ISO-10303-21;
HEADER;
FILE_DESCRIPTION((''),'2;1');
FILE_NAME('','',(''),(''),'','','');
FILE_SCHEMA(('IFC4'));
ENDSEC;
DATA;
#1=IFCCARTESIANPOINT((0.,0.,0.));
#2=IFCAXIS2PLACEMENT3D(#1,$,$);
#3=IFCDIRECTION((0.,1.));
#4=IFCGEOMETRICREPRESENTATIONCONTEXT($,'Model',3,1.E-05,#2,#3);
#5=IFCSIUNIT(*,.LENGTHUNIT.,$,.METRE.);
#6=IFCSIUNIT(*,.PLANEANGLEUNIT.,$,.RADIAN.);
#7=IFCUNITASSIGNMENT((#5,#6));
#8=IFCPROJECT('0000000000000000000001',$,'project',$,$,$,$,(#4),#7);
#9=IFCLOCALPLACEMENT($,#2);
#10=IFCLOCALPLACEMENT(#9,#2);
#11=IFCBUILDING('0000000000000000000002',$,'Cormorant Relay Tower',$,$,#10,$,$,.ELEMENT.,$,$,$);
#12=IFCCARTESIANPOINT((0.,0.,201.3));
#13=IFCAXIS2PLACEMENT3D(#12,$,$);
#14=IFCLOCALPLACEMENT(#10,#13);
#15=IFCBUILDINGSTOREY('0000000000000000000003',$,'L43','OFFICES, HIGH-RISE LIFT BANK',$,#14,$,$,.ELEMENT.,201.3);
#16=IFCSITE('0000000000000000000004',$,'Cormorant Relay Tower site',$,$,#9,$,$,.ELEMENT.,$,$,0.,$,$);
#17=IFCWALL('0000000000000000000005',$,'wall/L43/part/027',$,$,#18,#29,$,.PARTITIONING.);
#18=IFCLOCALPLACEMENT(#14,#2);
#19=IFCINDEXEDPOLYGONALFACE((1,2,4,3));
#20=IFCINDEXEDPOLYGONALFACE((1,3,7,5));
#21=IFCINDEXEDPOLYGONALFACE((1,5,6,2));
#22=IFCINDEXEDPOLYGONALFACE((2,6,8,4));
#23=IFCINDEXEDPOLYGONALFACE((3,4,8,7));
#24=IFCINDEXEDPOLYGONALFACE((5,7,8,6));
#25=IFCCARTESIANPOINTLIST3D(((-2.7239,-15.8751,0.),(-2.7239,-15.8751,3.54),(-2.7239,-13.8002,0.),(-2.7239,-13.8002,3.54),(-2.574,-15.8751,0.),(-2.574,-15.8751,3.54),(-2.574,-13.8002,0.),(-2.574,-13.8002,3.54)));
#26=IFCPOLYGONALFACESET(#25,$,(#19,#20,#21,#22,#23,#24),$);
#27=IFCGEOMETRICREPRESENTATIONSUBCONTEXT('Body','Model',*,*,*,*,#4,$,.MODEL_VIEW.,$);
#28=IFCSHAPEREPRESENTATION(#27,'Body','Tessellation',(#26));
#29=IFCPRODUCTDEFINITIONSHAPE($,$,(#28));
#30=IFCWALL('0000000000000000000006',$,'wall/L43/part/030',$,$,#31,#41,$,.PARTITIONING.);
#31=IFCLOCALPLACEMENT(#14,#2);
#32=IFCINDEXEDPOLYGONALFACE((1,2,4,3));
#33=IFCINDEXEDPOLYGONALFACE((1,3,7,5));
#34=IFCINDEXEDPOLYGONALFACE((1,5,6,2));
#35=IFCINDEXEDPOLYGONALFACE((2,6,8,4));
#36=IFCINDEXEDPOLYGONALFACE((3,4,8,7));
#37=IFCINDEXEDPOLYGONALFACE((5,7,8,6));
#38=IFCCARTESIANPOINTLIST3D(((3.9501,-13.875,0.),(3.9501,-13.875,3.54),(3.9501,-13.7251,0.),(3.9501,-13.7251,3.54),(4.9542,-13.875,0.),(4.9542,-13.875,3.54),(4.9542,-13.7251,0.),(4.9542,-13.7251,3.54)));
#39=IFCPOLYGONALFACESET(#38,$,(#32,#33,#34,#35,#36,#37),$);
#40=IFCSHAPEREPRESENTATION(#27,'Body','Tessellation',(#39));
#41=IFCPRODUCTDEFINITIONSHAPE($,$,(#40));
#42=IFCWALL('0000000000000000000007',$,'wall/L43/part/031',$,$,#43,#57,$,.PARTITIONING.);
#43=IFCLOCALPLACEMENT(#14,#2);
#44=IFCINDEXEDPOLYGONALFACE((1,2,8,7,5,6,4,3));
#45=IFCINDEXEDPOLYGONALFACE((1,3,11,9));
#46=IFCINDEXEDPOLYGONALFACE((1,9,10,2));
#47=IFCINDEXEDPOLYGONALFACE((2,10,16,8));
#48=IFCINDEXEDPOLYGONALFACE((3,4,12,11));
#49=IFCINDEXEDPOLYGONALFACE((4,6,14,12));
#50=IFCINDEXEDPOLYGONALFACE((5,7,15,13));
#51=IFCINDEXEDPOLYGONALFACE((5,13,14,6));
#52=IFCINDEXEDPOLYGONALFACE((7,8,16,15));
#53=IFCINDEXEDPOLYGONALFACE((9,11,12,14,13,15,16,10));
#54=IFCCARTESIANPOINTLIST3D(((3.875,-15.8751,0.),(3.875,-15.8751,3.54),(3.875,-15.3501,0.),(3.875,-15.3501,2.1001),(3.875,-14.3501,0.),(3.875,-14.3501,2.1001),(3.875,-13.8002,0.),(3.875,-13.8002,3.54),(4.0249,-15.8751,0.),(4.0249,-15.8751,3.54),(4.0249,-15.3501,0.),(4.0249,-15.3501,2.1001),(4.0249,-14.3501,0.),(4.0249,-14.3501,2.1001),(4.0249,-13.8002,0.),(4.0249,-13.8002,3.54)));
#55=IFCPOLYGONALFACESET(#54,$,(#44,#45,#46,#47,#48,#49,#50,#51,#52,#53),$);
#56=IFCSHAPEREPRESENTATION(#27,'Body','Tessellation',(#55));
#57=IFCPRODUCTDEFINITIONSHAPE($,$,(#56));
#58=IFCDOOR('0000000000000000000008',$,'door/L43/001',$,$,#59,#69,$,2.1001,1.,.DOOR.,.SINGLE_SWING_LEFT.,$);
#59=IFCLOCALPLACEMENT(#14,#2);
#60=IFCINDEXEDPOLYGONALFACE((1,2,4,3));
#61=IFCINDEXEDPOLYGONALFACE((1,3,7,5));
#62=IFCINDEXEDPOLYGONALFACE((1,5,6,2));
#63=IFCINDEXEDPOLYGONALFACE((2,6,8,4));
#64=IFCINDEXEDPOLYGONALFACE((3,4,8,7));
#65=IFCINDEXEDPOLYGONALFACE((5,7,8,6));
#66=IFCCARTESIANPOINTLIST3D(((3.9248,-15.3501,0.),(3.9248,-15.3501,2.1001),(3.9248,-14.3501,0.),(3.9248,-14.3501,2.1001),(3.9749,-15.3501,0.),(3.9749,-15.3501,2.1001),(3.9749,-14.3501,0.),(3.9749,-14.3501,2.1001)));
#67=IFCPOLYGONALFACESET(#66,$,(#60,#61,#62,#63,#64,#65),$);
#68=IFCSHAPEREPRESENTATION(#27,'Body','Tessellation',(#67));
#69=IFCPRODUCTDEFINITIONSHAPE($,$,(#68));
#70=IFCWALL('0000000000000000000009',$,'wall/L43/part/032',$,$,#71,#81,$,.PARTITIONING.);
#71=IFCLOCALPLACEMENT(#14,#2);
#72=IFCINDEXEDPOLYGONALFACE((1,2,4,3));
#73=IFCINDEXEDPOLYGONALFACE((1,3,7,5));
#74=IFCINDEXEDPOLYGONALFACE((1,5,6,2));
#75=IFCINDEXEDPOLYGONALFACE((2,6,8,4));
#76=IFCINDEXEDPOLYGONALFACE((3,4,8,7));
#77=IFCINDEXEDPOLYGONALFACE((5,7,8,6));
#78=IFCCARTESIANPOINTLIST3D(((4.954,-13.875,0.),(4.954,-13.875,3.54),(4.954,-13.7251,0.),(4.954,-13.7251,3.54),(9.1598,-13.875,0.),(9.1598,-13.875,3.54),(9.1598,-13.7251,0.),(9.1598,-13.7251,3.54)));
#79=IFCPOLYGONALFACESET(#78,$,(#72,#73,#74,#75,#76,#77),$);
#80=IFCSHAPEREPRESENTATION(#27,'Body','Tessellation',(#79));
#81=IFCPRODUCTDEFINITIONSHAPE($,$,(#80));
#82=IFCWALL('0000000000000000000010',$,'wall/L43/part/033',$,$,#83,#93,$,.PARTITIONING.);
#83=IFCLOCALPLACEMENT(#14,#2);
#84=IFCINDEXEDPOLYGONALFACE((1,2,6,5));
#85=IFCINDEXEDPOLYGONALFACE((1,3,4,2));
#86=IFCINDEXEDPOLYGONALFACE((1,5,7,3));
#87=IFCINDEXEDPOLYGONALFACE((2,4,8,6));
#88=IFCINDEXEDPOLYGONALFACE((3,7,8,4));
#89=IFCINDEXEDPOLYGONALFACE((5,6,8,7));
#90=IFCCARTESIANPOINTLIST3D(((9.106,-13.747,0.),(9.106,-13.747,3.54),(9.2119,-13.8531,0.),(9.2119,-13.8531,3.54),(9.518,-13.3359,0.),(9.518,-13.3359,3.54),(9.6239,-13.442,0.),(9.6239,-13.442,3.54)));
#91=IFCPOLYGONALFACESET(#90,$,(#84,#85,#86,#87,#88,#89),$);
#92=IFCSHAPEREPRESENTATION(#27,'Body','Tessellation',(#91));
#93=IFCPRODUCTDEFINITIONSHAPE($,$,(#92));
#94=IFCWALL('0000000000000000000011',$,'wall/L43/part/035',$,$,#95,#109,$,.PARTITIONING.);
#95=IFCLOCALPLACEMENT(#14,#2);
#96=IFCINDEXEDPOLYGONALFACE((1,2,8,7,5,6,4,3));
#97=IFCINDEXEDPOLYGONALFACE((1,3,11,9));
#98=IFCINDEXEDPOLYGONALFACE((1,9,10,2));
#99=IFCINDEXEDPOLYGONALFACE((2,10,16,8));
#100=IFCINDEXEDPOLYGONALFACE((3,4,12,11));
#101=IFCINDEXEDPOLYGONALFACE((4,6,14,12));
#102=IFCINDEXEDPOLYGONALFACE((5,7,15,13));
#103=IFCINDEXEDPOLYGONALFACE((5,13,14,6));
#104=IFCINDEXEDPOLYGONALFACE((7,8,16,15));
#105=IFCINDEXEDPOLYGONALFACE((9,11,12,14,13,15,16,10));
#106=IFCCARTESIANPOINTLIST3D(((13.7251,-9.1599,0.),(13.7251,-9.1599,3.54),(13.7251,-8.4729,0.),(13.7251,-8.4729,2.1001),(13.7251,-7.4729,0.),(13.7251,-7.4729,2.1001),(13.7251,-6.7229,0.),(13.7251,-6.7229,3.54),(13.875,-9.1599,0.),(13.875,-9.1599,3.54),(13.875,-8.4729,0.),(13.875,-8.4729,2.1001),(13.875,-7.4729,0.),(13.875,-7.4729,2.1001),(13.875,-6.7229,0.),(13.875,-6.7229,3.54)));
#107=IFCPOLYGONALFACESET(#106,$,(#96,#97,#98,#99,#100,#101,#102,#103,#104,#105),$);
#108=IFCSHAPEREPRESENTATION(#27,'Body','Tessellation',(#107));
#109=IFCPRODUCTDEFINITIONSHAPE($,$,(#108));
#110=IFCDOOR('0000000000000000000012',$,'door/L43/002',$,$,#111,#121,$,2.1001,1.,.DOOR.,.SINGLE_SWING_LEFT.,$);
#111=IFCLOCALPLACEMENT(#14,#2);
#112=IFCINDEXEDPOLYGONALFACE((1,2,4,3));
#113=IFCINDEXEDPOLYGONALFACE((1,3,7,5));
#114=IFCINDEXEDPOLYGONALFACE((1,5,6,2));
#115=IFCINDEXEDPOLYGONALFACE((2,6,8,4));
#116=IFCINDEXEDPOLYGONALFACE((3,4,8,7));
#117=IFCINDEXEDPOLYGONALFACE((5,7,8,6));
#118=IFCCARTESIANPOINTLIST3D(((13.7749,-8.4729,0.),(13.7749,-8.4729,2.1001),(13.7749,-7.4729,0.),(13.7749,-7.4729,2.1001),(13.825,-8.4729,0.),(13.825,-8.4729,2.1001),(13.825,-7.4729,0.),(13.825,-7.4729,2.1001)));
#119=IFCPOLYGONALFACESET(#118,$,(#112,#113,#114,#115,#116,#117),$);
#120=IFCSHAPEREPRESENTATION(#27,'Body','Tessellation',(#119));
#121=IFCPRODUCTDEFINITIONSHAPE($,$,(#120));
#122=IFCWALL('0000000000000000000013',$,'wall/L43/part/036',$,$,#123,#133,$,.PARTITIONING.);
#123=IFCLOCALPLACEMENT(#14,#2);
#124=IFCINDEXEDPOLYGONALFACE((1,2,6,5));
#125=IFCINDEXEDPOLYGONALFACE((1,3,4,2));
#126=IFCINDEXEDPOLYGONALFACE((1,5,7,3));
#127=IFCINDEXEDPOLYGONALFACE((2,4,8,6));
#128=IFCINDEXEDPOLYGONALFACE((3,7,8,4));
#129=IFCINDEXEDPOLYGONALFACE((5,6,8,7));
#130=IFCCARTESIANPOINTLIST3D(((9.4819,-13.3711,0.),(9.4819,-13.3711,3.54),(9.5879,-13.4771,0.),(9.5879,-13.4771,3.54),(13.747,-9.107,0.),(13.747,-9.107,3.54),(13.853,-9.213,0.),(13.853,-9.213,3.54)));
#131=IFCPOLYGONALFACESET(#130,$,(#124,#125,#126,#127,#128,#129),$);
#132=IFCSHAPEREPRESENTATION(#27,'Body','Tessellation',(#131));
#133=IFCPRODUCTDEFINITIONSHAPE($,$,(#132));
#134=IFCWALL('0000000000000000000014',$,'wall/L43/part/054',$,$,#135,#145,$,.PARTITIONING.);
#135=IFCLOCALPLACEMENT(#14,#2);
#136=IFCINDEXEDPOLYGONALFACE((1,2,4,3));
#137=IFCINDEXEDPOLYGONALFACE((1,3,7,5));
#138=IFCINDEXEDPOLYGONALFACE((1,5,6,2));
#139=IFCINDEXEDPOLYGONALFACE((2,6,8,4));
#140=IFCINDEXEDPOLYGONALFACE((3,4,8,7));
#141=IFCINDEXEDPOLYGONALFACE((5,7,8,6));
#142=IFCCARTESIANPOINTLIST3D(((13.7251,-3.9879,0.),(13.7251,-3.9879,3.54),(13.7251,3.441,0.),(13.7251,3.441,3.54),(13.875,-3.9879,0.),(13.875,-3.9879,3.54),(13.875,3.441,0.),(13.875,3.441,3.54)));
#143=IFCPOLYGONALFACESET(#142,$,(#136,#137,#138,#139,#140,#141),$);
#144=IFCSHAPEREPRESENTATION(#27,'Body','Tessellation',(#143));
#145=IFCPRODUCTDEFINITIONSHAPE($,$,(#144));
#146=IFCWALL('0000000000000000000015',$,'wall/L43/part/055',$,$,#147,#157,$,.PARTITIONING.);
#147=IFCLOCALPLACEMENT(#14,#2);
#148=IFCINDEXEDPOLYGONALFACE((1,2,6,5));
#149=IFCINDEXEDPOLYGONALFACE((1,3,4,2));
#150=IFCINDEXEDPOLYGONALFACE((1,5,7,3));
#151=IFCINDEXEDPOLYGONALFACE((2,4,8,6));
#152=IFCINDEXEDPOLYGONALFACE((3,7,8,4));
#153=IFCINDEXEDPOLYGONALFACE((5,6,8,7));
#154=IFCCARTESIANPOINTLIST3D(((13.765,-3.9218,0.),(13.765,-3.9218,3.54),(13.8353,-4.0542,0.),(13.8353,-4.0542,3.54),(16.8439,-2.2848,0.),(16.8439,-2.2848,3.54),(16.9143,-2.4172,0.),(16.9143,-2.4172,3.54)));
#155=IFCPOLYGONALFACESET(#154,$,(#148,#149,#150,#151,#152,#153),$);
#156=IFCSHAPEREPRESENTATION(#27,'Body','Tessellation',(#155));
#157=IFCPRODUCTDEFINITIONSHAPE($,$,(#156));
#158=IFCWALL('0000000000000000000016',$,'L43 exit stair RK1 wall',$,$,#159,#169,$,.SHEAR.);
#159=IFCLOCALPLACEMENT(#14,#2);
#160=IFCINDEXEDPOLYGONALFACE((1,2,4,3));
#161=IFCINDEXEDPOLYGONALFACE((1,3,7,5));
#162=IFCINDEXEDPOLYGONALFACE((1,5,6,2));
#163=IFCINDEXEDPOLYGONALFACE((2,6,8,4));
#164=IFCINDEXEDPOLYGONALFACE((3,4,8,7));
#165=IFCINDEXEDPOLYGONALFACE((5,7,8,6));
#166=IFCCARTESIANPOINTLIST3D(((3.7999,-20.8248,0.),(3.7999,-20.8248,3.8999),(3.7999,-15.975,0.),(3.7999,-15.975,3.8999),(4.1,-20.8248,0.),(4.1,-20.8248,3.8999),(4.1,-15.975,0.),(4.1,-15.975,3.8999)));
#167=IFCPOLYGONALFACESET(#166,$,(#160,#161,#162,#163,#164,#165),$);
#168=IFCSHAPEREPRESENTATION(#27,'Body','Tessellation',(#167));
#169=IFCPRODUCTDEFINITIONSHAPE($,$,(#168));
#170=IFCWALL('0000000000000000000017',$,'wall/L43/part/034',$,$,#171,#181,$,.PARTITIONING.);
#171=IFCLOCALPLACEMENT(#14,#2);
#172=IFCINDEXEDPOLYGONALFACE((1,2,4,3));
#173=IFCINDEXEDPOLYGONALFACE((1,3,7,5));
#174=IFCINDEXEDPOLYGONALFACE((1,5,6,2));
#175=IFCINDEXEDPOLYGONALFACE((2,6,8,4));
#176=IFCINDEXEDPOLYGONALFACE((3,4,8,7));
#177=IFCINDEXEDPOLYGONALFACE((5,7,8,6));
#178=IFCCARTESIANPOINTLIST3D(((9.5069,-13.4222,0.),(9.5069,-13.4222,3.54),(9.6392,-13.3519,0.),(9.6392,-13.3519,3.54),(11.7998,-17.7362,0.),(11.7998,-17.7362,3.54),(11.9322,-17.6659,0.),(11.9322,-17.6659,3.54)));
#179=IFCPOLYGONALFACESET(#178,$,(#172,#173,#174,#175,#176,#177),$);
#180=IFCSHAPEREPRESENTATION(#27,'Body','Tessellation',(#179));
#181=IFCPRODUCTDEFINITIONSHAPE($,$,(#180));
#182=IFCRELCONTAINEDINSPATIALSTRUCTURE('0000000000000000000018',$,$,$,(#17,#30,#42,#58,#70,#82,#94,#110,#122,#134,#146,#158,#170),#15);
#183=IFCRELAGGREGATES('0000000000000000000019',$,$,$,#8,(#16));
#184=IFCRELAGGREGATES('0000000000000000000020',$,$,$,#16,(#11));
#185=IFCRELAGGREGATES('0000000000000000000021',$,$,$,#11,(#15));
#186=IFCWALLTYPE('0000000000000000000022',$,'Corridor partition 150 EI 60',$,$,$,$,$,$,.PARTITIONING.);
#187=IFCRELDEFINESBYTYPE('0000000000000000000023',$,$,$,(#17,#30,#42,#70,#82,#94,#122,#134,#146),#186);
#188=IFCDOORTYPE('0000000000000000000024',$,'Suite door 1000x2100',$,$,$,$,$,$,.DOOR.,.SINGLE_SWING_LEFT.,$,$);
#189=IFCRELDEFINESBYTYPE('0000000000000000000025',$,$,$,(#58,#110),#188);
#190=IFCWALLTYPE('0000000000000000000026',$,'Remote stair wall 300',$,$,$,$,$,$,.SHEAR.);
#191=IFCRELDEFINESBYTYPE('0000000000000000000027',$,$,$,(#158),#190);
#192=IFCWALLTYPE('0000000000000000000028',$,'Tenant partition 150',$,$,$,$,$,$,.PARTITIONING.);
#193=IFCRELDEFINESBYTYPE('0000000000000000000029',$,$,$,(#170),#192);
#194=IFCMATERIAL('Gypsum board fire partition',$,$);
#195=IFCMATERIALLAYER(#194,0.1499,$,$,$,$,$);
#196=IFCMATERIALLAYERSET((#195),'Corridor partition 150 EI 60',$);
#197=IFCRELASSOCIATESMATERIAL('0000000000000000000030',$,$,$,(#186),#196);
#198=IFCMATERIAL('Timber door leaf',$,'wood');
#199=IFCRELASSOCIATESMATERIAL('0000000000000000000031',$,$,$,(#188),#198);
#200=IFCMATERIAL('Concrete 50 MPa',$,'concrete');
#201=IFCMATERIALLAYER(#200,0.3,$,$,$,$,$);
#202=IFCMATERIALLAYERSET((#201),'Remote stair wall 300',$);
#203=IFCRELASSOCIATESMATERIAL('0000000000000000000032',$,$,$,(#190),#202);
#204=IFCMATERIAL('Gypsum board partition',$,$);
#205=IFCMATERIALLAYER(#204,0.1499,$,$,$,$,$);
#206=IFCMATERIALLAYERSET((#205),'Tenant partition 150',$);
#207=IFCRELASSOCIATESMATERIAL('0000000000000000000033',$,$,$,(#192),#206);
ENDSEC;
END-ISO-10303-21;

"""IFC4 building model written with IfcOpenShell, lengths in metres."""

from ifc_helpers import new_model, si_unit, direction, frame, frame_2d, origin, place, context, subcontext, project, spatial, rectangle, extrude, material, layer, layer_set, type_object, element, fill, save


model = new_model("IFC4")

# Units and contexts
model_context = context("Model", 3, precision=1e-05, world=origin(), true_north=direction((0.0, 1.0)))
body_context = subcontext(model_context, "Body", "Model", "MODEL_VIEW")
ifc_project = project(units=[si_unit("LENGTHUNIT", "METRE"), si_unit("PLANEANGLEUNIT", "RADIAN")], contexts=[model_context])

# Site, building, storey
site_placement = place(None, origin())
site = spatial("IfcSite", under=ifc_project, at=site_placement, Name="Cormorant Relay Tower site", CompositionType="ELEMENT", RefElevation=0.0)
building_placement = place(site_placement, origin())
building = spatial("IfcBuilding", under=site, at=building_placement, Name="Cormorant Relay Tower", CompositionType="ELEMENT")
storey_placement = place(building_placement, frame((0.0, 0.0, 201.3)))
storey = spatial("IfcBuildingStorey", under=building, at=storey_placement, Name="L43", Description="OFFICES, HIGH-RISE LIFT BANK", CompositionType="ELEMENT", Elevation=201.3)

# Shared definitions
ifc_material_1 = material(Name="Gypsum board fire partition")
ifc_layer_1 = layer(ifc_material_1, 0.1499)
ifc_layer_set_1 = layer_set([ifc_layer_1], Name="Corridor partition 150 EI 60")
wall_type_1 = type_object("IfcWallType", Name="Corridor partition 150 EI 60", PredefinedType="PARTITIONING", material=ifc_layer_set_1)
ifc_material_2 = material(Name="Timber door leaf", Category="wood")
door_type = type_object("IfcDoorType", Name="Suite door 1000x2100", OperationType="SINGLE_SWING_LEFT", PredefinedType="DOOR", material=ifc_material_2)

# Walls
wall_1_placement = place(storey_placement, frame((-2.6489, -13.8, 0.0), z_axis=(0.0, 0.0, 1.0), x_axis=(0.0, -1.0, 0.0)))
element("IfcWall", 1, at=wall_1_placement, inside=storey, type_object=wall_type_1, Name="wall/L43/part/027", PredefinedType="PARTITIONING", context=body_context, shape_type="SweptSolid", body=[
    extrude(rectangle(XDim=2.075, YDim=0.1499, at=frame_2d((1.0376, 0.0))), origin(), (0.0, 0.0, 1.0), 3.54),
])
wall_2_placement = place(storey_placement, frame((4.9541, -13.8, 0.0), z_axis=(0.0, 0.0, 1.0), x_axis=(-1.0, 0.0, 0.0)))
element("IfcWall", 2, at=wall_2_placement, inside=storey, type_object=wall_type_1, Name="wall/L43/part/030", PredefinedType="PARTITIONING", context=body_context, shape_type="SweptSolid", body=[
    extrude(rectangle(XDim=1.0042, YDim=0.1499, at=frame_2d((0.502, 0.0))), origin(), (0.0, 0.0, 1.0), 3.54),
])

# Wall, opening, door
wall_3_placement = place(storey_placement, frame((3.95, -13.8, 0.0), z_axis=(0.0, 0.0, 1.0), x_axis=(0.0, -1.0, 0.0)))
wall_3 = element("IfcWall", 3, at=wall_3_placement, inside=storey, type_object=wall_type_1, Name="wall/L43/part/031", PredefinedType="PARTITIONING", context=body_context, shape_type="SweptSolid", body=[
    extrude(rectangle(XDim=2.075, YDim=0.1499, at=frame_2d((1.0376, 0.0))), origin(), (0.0, 0.0, 1.0), 3.54),
])
opening_1_placement = place(wall_3_placement, frame((0.55, 0.0, 0.0)))
opening_1 = element("IfcOpeningElement", 4, at=opening_1_placement, cuts=wall_3, PredefinedType="OPENING", context=body_context, shape_type="SweptSolid", body=[
    extrude(rectangle(XDim=1.0, YDim=2.1001, at=frame_2d((0.5, 1.05))), frame((0.0, 0.085, 0.0), z_axis=(0.0, -1.0, 0.0), x_axis=(1.0, 0.0, 0.0)), (0.0, 0.0, 1.0), 0.1699),
])
door_1_placement = place(opening_1_placement, origin())
door_1 = element("IfcDoor", 5, at=door_1_placement, inside=storey, type_object=door_type, Name="door/L43/001", OperationType="SINGLE_SWING_LEFT", OverallHeight=2.1001, OverallWidth=1.0, PredefinedType="DOOR", context=body_context, shape_type="SweptSolid", body=[
    extrude(rectangle(XDim=1.0, YDim=2.1001, at=frame_2d((0.5, 1.05))), frame((0.0, 0.0249, 0.0), z_axis=(0.0, -1.0, 0.0), x_axis=(1.0, 0.0, 0.0)), (0.0, 0.0, 1.0), 0.05),
])
fill(opening_1, door_1)

# Walls
wall_4_placement = place(storey_placement, frame((9.1599, -13.8, 0.0), z_axis=(0.0, 0.0, 1.0), x_axis=(-1.0, 0.0, 0.0)))
element("IfcWall", 6, at=wall_4_placement, inside=storey, type_object=wall_type_1, Name="wall/L43/part/032", PredefinedType="PARTITIONING", context=body_context, shape_type="SweptSolid", body=[
    extrude(rectangle(XDim=4.2058, YDim=0.1499, at=frame_2d((2.103, 0.0))), origin(), (0.0, 0.0, 1.0), 3.54),
])
wall_5_placement = place(storey_placement, frame((9.1589, -13.8, 0.0), z_axis=(0.0, 0.0, 1.0), x_axis=(0.707945, 0.706267, 0.0)))
element("IfcWall", 7, at=wall_5_placement, inside=storey, type_object=wall_type_1, Name="wall/L43/part/033", PredefinedType="PARTITIONING", context=body_context, shape_type="SweptSolid", body=[
    extrude(rectangle(XDim=0.582, YDim=0.1499, at=frame_2d((0.291, 0.0))), origin(), (0.0, 0.0, 1.0), 3.54),
])

# Wall, opening, door
wall_6_placement = place(storey_placement, frame((13.8, -6.7229, 0.0), z_axis=(0.0, 0.0, 1.0), x_axis=(0.0, -1.0, 0.0)))
wall_6 = element("IfcWall", 8, at=wall_6_placement, inside=storey, type_object=wall_type_1, Name="wall/L43/part/035", PredefinedType="PARTITIONING", context=body_context, shape_type="SweptSolid", body=[
    extrude(rectangle(XDim=2.437, YDim=0.1499, at=frame_2d((1.2185, 0.0))), origin(), (0.0, 0.0, 1.0), 3.54),
])
opening_2_placement = place(wall_6_placement, frame((0.75, 0.0, 0.0)))
opening_2 = element("IfcOpeningElement", 9, at=opening_2_placement, cuts=wall_6, PredefinedType="OPENING", context=body_context, shape_type="SweptSolid", body=[
    extrude(rectangle(XDim=1.0, YDim=2.1001, at=frame_2d((0.5, 1.05))), frame((0.0, 0.085, 0.0), z_axis=(0.0, -1.0, 0.0), x_axis=(1.0, 0.0, 0.0)), (0.0, 0.0, 1.0), 0.1699),
])
door_2_placement = place(opening_2_placement, origin())
door_2 = element("IfcDoor", 10, at=door_2_placement, inside=storey, type_object=door_type, Name="door/L43/002", OperationType="SINGLE_SWING_LEFT", OverallHeight=2.1001, OverallWidth=1.0, PredefinedType="DOOR", context=body_context, shape_type="SweptSolid", body=[
    extrude(rectangle(XDim=1.0, YDim=2.1001, at=frame_2d((0.5, 1.05))), frame((0.0, 0.0249, 0.0), z_axis=(0.0, -1.0, 0.0), x_axis=(1.0, 0.0, 0.0)), (0.0, 0.0, 1.0), 0.05),
])
fill(opening_2, door_2)

# Walls
wall_7_placement = place(storey_placement, frame((13.8, -9.1599, 0.0), z_axis=(0.0, 0.0, 1.0), x_axis=(-0.707188, -0.707026, 0.0)))
element("IfcWall", 11, at=wall_7_placement, inside=storey, type_object=wall_type_1, Name="wall/L43/part/036", PredefinedType="PARTITIONING", context=body_context, shape_type="SweptSolid", body=[
    extrude(rectangle(XDim=6.031, YDim=0.1499, at=frame_2d((3.0156, 0.0))), origin(), (0.0, 0.0, 1.0), 3.54),
])
wall_8_placement = place(storey_placement, frame((13.8, 3.4409, 0.0), z_axis=(0.0, 0.0, 1.0), x_axis=(0.0, -1.0, 0.0)))
element("IfcWall", 12, at=wall_8_placement, inside=storey, type_object=wall_type_1, Name="wall/L43/part/054", PredefinedType="PARTITIONING", context=body_context, shape_type="SweptSolid", body=[
    extrude(rectangle(XDim=7.429, YDim=0.1499, at=frame_2d((3.7144, 0.0))), origin(), (0.0, 0.0, 1.0), 3.54),
])
wall_9_placement = place(storey_placement, frame((13.8, -3.988, 0.0), z_axis=(0.0, 0.0, 1.0), x_axis=(0.882959, 0.46945, 0.0)))
element("IfcWall", 13, at=wall_9_placement, inside=storey, type_object=wall_type_1, Name="wall/L43/part/055", PredefinedType="PARTITIONING", context=body_context, shape_type="SweptSolid", body=[
    extrude(rectangle(XDim=3.4871, YDim=0.1499, at=frame_2d((1.7437, 0.0))), origin(), (0.0, 0.0, 1.0), 3.54),
])
ifc_material_3 = material(Name="Concrete 50 MPa", Category="concrete")
ifc_layer_2 = layer(ifc_material_3, 0.3)
ifc_layer_set_2 = layer_set([ifc_layer_2], Name="Remote stair wall 300")
wall_type_2 = type_object("IfcWallType", Name="Remote stair wall 300", PredefinedType="SHEAR", material=ifc_layer_set_2)
wall_10_placement = place(storey_placement, frame((3.95, -15.9751, 0.0), z_axis=(0.0, 0.0, 1.0), x_axis=(0.0, -1.0, 0.0)))
element("IfcWall", 14, at=wall_10_placement, inside=storey, type_object=wall_type_2, Name="L43 exit stair RK1 wall", PredefinedType="SHEAR", context=body_context, shape_type="SweptSolid", body=[
    extrude(rectangle(XDim=4.8499, YDim=0.3, at=frame_2d((2.4248, 0.0))), origin(), (0.0, 0.0, 1.0), 3.8999),
])
ifc_material_4 = material(Name="Gypsum board partition")
ifc_layer_3 = layer(ifc_material_4, 0.1499)
ifc_layer_set_3 = layer_set([ifc_layer_3], Name="Tenant partition 150")
wall_type_3 = type_object("IfcWallType", Name="Tenant partition 150", PredefinedType="PARTITIONING", material=ifc_layer_set_3)
wall_11_placement = place(storey_placement, frame((9.573, -13.387, 0.0), z_axis=(0.0, 0.0, 1.0), x_axis=(0.469343, -0.883016, 0.0)))
element("IfcWall", 15, at=wall_11_placement, inside=storey, type_object=wall_type_3, Name="wall/L43/part/034", PredefinedType="PARTITIONING", context=body_context, shape_type="SweptSolid", body=[
    extrude(rectangle(XDim=4.8855, YDim=0.1499, at=frame_2d((2.4429, 0.0))), origin(), (0.0, 0.0, 1.0), 3.54),
])

save(model, "model.ifc")
